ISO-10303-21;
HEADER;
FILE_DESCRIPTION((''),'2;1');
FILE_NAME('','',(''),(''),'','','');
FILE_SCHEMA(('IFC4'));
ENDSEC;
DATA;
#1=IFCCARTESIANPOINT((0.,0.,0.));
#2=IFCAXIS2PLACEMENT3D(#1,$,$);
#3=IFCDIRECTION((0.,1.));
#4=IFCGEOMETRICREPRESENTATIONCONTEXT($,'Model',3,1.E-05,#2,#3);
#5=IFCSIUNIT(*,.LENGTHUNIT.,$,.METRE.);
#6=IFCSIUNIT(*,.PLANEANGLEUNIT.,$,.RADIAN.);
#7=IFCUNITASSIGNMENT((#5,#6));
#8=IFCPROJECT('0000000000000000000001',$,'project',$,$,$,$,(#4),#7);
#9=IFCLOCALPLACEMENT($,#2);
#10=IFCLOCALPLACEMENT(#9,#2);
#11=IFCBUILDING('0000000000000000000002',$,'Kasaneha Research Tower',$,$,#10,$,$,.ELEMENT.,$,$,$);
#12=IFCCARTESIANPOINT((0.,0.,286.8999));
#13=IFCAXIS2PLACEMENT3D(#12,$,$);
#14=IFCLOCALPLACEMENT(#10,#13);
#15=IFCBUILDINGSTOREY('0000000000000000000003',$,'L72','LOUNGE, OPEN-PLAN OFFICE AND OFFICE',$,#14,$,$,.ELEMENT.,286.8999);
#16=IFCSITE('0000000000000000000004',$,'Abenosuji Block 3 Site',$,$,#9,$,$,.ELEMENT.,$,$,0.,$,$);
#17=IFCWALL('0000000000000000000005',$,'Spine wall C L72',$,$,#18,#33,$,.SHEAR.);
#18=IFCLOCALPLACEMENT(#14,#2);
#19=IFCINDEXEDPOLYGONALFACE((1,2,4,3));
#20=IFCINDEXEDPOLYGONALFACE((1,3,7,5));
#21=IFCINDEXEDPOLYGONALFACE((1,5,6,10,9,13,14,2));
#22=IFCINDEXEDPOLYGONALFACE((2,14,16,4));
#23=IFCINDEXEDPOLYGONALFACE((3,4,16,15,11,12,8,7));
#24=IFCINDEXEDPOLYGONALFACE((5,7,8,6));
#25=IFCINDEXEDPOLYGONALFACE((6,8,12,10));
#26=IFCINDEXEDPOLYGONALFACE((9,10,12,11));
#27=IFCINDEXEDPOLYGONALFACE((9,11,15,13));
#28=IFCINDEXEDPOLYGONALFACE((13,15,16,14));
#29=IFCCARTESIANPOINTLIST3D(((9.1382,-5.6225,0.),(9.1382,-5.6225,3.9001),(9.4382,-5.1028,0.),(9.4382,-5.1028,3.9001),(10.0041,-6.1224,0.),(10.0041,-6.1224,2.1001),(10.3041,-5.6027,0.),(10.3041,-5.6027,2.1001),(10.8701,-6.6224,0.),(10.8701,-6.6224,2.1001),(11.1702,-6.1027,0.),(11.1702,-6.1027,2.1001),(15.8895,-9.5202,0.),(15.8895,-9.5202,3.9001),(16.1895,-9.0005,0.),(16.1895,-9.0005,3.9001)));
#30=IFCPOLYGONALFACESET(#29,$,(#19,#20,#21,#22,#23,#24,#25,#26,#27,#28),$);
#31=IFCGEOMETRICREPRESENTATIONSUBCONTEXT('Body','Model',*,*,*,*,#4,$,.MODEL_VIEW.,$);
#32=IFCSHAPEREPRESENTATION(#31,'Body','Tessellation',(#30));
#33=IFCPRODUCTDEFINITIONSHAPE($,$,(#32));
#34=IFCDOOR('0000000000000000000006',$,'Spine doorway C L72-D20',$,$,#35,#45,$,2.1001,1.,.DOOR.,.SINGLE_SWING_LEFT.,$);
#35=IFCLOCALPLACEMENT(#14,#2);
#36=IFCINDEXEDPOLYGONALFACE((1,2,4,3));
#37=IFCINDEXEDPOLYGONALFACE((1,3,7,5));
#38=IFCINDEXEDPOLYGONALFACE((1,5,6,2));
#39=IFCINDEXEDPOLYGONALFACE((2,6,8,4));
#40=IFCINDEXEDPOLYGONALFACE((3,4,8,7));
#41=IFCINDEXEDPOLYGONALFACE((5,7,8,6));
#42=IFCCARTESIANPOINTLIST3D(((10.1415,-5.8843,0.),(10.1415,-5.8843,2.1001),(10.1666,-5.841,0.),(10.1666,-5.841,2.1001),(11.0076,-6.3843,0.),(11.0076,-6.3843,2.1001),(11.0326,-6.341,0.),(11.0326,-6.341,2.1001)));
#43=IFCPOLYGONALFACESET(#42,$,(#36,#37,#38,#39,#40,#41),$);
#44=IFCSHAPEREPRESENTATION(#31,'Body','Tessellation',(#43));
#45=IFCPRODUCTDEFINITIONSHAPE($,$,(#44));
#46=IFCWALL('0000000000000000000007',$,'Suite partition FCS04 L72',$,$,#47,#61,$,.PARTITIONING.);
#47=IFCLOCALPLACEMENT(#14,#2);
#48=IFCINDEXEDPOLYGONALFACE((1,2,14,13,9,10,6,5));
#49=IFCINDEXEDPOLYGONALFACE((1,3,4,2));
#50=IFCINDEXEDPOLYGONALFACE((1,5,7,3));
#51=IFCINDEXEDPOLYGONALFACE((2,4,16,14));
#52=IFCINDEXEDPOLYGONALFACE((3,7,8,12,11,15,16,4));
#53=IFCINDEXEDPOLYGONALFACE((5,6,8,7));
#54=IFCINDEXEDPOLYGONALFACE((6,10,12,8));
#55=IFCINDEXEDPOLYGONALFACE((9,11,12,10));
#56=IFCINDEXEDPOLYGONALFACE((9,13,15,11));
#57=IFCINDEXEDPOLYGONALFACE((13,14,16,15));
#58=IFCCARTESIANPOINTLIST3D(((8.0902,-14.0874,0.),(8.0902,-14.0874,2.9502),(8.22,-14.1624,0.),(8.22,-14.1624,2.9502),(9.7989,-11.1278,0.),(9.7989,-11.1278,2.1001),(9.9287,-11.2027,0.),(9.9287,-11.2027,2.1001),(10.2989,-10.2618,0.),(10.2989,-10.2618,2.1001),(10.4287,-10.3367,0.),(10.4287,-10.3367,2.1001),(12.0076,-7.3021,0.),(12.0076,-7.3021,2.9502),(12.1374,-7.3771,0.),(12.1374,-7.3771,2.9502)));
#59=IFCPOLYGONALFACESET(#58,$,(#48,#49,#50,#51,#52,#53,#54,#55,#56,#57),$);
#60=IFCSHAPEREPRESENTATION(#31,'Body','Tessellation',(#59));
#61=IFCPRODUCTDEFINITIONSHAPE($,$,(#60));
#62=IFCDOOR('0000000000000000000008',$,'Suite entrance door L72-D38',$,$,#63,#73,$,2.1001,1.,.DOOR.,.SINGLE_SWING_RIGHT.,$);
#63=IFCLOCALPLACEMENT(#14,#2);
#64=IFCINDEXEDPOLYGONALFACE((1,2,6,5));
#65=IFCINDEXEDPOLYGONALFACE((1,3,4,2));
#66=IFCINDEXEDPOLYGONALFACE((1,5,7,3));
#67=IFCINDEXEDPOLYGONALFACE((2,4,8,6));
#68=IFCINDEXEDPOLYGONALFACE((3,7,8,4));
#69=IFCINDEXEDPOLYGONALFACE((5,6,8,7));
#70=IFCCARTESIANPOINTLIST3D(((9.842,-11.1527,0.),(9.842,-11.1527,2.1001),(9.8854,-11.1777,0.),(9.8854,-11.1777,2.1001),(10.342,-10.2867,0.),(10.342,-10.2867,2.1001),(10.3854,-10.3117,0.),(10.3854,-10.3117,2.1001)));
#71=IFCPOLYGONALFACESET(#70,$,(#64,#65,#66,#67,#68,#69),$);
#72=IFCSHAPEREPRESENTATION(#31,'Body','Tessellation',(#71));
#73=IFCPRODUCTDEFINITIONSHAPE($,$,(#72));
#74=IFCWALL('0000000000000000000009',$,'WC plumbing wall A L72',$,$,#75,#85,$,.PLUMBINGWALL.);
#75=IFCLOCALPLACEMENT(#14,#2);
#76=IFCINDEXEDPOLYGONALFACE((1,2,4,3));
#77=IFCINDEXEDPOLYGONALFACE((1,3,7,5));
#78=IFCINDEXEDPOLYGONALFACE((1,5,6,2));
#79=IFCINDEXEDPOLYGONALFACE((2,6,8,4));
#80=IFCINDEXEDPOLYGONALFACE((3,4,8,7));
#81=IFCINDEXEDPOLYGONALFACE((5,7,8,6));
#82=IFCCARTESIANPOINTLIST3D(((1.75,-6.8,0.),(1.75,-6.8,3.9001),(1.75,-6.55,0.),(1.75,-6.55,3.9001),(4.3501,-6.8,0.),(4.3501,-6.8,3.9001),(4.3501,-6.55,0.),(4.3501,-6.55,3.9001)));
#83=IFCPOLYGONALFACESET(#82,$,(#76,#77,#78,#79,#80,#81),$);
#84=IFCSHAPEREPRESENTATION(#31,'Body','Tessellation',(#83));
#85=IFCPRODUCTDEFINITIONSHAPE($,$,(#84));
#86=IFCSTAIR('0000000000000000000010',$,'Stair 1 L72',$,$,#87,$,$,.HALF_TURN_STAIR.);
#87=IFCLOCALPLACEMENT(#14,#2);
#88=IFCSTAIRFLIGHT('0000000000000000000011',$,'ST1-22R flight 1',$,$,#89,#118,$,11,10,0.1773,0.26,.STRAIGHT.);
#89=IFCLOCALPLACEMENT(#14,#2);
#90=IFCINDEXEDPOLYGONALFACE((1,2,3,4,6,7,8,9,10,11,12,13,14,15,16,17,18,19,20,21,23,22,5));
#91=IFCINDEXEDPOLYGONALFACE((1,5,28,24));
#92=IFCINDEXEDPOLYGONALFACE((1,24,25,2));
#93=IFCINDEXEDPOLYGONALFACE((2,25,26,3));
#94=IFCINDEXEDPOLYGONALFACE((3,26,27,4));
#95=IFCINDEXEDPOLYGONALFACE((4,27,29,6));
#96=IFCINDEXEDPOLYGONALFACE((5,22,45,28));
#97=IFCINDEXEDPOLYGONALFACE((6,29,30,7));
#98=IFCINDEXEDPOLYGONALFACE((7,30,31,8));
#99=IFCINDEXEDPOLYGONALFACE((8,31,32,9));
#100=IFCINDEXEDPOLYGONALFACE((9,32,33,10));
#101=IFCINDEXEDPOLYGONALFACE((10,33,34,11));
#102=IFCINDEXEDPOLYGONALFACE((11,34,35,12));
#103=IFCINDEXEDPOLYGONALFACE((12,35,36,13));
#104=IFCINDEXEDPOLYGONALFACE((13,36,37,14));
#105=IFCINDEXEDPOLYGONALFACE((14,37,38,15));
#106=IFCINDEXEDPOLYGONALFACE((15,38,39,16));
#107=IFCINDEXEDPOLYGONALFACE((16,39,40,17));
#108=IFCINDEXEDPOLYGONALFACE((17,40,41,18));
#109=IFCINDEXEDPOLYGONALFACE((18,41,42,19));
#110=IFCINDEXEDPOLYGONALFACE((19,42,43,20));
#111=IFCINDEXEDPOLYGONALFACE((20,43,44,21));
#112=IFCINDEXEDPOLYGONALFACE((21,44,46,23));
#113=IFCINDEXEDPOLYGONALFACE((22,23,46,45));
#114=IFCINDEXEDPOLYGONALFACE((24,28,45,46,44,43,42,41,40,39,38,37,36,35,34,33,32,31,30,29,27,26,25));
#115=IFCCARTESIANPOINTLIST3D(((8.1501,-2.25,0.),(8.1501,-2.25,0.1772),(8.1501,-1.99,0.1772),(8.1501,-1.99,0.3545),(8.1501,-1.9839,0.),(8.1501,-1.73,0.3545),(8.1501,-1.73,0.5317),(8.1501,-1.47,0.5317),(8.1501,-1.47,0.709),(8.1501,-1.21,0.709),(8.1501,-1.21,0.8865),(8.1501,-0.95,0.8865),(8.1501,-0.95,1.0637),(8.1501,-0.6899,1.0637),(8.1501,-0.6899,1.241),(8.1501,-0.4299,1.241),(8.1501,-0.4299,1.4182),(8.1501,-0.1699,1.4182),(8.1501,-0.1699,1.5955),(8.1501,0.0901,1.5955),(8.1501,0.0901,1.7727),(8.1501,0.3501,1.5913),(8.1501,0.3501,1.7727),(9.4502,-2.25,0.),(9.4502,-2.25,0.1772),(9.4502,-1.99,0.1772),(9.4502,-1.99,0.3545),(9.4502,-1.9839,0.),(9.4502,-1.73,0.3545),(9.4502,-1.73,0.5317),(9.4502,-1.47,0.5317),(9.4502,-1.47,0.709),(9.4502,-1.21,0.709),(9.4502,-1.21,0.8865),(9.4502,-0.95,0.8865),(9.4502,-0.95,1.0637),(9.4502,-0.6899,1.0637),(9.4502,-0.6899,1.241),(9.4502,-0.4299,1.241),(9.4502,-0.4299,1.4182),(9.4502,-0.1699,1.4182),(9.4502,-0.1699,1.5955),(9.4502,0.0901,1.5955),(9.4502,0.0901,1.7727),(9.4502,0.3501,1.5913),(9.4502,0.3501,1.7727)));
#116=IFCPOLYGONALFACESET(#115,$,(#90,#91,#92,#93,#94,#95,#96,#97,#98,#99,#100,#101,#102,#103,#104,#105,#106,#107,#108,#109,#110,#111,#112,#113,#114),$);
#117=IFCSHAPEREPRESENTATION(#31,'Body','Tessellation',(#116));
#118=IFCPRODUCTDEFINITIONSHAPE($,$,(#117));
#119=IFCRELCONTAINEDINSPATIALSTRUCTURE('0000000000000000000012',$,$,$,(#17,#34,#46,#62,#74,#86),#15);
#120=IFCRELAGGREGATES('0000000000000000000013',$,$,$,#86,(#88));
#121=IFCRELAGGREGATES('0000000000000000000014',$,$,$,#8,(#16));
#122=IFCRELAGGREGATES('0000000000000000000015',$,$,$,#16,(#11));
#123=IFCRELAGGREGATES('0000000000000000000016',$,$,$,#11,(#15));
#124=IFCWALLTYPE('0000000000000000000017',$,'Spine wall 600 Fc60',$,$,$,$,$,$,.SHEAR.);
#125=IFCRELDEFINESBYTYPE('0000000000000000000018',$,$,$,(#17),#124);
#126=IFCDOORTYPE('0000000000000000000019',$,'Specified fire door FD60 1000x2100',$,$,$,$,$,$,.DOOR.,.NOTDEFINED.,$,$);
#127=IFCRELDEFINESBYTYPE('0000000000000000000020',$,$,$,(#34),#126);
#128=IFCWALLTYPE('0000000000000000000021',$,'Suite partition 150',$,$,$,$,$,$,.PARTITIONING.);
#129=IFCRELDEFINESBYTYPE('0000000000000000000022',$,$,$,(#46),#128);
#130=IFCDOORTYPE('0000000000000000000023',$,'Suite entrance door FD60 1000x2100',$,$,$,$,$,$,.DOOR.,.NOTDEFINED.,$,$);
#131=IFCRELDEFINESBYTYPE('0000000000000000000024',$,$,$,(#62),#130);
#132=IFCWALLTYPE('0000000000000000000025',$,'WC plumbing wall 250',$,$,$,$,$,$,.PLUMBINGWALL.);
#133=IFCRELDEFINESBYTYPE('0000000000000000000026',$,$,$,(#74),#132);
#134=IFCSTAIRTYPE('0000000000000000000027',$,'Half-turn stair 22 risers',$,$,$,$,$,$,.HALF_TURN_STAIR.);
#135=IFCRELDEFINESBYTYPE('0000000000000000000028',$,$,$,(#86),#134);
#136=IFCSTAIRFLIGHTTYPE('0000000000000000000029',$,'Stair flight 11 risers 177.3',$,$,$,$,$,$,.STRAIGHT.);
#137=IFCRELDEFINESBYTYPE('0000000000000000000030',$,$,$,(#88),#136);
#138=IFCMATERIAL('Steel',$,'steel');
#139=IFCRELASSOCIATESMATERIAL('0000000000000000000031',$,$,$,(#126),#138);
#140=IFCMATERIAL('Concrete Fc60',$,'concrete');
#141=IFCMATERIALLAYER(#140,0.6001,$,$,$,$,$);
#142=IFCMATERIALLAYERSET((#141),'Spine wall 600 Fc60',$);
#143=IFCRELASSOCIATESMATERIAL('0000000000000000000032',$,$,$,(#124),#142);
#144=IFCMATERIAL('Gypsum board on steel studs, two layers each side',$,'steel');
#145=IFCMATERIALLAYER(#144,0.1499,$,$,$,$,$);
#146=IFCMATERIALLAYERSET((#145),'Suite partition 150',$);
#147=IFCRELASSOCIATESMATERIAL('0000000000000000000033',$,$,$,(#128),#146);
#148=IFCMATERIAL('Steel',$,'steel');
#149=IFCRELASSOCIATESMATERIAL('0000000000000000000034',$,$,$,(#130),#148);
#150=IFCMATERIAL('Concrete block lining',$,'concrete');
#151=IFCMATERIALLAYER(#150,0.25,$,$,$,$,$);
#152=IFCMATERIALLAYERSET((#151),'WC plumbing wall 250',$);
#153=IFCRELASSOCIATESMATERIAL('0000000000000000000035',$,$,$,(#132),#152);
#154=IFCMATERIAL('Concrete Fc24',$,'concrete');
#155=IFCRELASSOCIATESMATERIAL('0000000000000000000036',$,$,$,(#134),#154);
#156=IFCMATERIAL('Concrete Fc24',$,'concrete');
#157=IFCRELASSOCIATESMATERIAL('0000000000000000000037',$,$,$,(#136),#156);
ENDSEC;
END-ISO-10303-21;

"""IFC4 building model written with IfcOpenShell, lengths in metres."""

from ifc_helpers import new_model, si_unit, direction, frame, frame_2d, origin, place, context, subcontext, project, spatial, polyline, rectangle, outline, extrude, material, layer, layer_set, type_object, element, fill, aggregate, save


model = new_model("IFC4")

# Units and contexts
model_context = context("Model", 3, precision=1e-05, world=origin(), true_north=direction((0.0, 1.0)))
body_context = subcontext(model_context, "Body", "Model", "MODEL_VIEW")
ifc_project = project(units=[si_unit("LENGTHUNIT", "METRE"), si_unit("PLANEANGLEUNIT", "RADIAN")], contexts=[model_context])

# Site, building, storey
site_placement = place(None, origin())
site = spatial("IfcSite", under=ifc_project, at=site_placement, Name="Abenosuji Block 3 Site", CompositionType="ELEMENT", RefElevation=0.0)
building_placement = place(site_placement, origin())
building = spatial("IfcBuilding", under=site, at=building_placement, Name="Kasaneha Research Tower", CompositionType="ELEMENT")
storey_placement = place(building_placement, frame((0.0, 0.0, 286.8999)))
storey = spatial("IfcBuildingStorey", under=building, at=storey_placement, Name="L72", Description="LOUNGE, OPEN-PLAN OFFICE AND OFFICE", CompositionType="ELEMENT", Elevation=286.8999)

# Shared definitions
ifc_material_1 = material(Name="Steel", Category="steel")
door_type_1 = type_object("IfcDoorType", Name="Specified fire door FD60 1000x2100", OperationType="NOTDEFINED", PredefinedType="DOOR", material=ifc_material_1)

# Walls, openings, doors
ifc_material_2 = material(Name="Concrete Fc60", Category="concrete")
ifc_layer_1 = layer(ifc_material_2, 0.6001)
ifc_layer_set_1 = layer_set([ifc_layer_1], Name="Spine wall 600 Fc60")
wall_type_1 = type_object("IfcWallType", Name="Spine wall 600 Fc60", PredefinedType="SHEAR", material=ifc_layer_set_1)
wall_1_placement = place(storey_placement, frame((9.2881, -5.3625, 0.0), z_axis=(0.0, 0.0, 1.0), x_axis=(0.866032, -0.499989, 0.0)))
wall_1 = element("IfcWall", 1, at=wall_1_placement, inside=storey, type_object=wall_type_1, Name="Spine wall C L72", PredefinedType="SHEAR", context=body_context, shape_type="SweptSolid", body=[
    extrude(rectangle(XDim=7.7957, YDim=0.6001, at=frame_2d((3.8979, 0.0))), origin(), (0.0, 0.0, 1.0), 3.9001),
])
opening_1_placement = place(wall_1_placement, frame((1.0, 0.0, 0.0)))
opening_1 = element("IfcOpeningElement", 2, at=opening_1_placement, cuts=wall_1, PredefinedType="OPENING", context=body_context, shape_type="SweptSolid", body=[
    extrude(rectangle(XDim=1.0, YDim=2.1001, at=frame_2d((0.5, 1.05))), frame((0.0, 0.3101, 0.0), z_axis=(0.0, -1.0, 0.0), x_axis=(1.0, 0.0, 0.0)), (0.0, 0.0, 1.0), 0.6201),
])
door_1_placement = place(opening_1_placement, origin())
door_1 = element("IfcDoor", 3, at=door_1_placement, inside=storey, type_object=door_type_1, Name="Spine doorway C L72-D20", OperationType="SINGLE_SWING_LEFT", OverallHeight=2.1001, OverallWidth=1.0, PredefinedType="DOOR", context=body_context, shape_type="SweptSolid", body=[
    extrude(rectangle(XDim=1.0, YDim=2.1001, at=frame_2d((0.5, 1.05))), frame((0.0, 0.0249, 0.0), z_axis=(0.0, -1.0, 0.0), x_axis=(1.0, 0.0, 0.0)), (0.0, 0.0, 1.0), 0.05),
])
fill(opening_1, door_1)
ifc_material_3 = material(Name="Gypsum board on steel studs, two layers each side", Category="steel")
ifc_layer_2 = layer(ifc_material_3, 0.1499)
ifc_layer_set_2 = layer_set([ifc_layer_2], Name="Suite partition 150")
wall_type_2 = type_object("IfcWallType", Name="Suite partition 150", PredefinedType="PARTITIONING", material=ifc_layer_set_2)
wall_2_placement = place(storey_placement, frame((12.0725, -7.3396, 0.0), z_axis=(0.0, 0.0, 1.0), x_axis=(-0.499993, -0.866029, 0.0)))
wall_2 = element("IfcWall", 4, at=wall_2_placement, inside=storey, type_object=wall_type_2, Name="Suite partition FCS04 L72", PredefinedType="PARTITIONING", context=body_context, shape_type="SweptSolid", body=[
    extrude(rectangle(XDim=7.835, YDim=0.1499, at=frame_2d((3.9175, 0.0))), origin(), (0.0, 0.0, 1.0), 2.9502),
])
opening_2_placement = place(wall_2_placement, frame((3.4175, 0.0, 0.0)))
opening_2 = element("IfcOpeningElement", 5, at=opening_2_placement, cuts=wall_2, PredefinedType="OPENING", context=body_context, shape_type="SweptSolid", body=[
    extrude(rectangle(XDim=1.0, YDim=2.1001, at=frame_2d((0.5, 1.05))), frame((0.0, 0.085, 0.0), z_axis=(0.0, -1.0, 0.0), x_axis=(1.0, 0.0, 0.0)), (0.0, 0.0, 1.0), 0.1699),
])
ifc_material_4 = material(Name="Steel", Category="steel")
door_type_2 = type_object("IfcDoorType", Name="Suite entrance door FD60 1000x2100", OperationType="NOTDEFINED", PredefinedType="DOOR", material=ifc_material_4)
door_2_placement = place(opening_2_placement, origin())
door_2 = element("IfcDoor", 6, at=door_2_placement, inside=storey, type_object=door_type_2, Name="Suite entrance door L72-D38", OperationType="SINGLE_SWING_RIGHT", OverallHeight=2.1001, OverallWidth=1.0, PredefinedType="DOOR", context=body_context, shape_type="SweptSolid", body=[
    extrude(rectangle(XDim=1.0, YDim=2.1001, at=frame_2d((0.5, 1.05))), frame((0.0, 0.0249, 0.0), z_axis=(0.0, -1.0, 0.0), x_axis=(1.0, 0.0, 0.0)), (0.0, 0.0, 1.0), 0.05),
])
fill(opening_2, door_2)

# Wall
ifc_material_5 = material(Name="Concrete block lining", Category="concrete")
ifc_layer_3 = layer(ifc_material_5, 0.25)
ifc_layer_set_3 = layer_set([ifc_layer_3], Name="WC plumbing wall 250")
wall_type_3 = type_object("IfcWallType", Name="WC plumbing wall 250", PredefinedType="PLUMBINGWALL", material=ifc_layer_set_3)
wall_3_placement = place(storey_placement, frame((1.75, -6.675, 0.0), z_axis=(0.0, 0.0, 1.0), x_axis=(1.0, 0.0, 0.0)))
element("IfcWall", 7, at=wall_3_placement, inside=storey, type_object=wall_type_3, Name="WC plumbing wall A L72", PredefinedType="PLUMBINGWALL", context=body_context, shape_type="SweptSolid", body=[
    extrude(rectangle(XDim=2.6001, YDim=0.25, at=frame_2d((1.3, 0.0))), origin(), (0.0, 0.0, 1.0), 3.9001),
])

# Stair, stair flight
ifc_material_6 = material(Name="Concrete Fc24", Category="concrete")
stair_type = type_object("IfcStairType", Name="Half-turn stair 22 risers", PredefinedType="HALF_TURN_STAIR", material=ifc_material_6)
stair_placement = place(storey_placement, origin())
stair = element("IfcStair", 8, at=stair_placement, inside=storey, type_object=stair_type, Name="Stair 1 L72", PredefinedType="HALF_TURN_STAIR")
ifc_material_7 = material(Name="Concrete Fc24", Category="concrete")
stair_flight_type = type_object("IfcStairFlightType", Name="Stair flight 11 risers 177.3", PredefinedType="STRAIGHT", material=ifc_material_7)
stair_flight_placement = place(storey_placement, frame((8.8, -2.25, 0.0), z_axis=(0.0, 0.0, 1.0), x_axis=(0.0, 1.0, 0.0)))
stair_flight = element("IfcStairFlight", 9, at=stair_flight_placement, type_object=stair_flight_type, Name="ST1-22R flight 1", NumberOfRisers=11, NumberOfTreads=10, PredefinedType="STRAIGHT", RiserHeight=0.1773, TreadLength=0.26, context=body_context, shape_type="SweptSolid", body=[
    extrude(outline(polyline([(0.0, 0.0), (0.0, 0.1772), (0.26, 0.1772), (0.26, 0.3545), (0.52, 0.3545), (0.52, 0.5317), (0.78, 0.5317), (0.78, 0.709), (1.04, 0.709), (1.04, 0.8865), (1.3, 0.8865), (1.3, 1.0637), (1.5601, 1.0637), (1.5601, 1.241), (1.8201, 1.241), (1.8201, 1.4182), (2.0801, 1.4182), (2.0801, 1.5955), (2.3401, 1.5955), (2.3401, 1.7727), (2.6001, 1.7727), (2.6001, 1.95), (2.6001, 1.5913), (0.2661, 0.0), (0.0, 0.0)])), frame((0.0, 0.6499, 0.0), z_axis=(0.0, -1.0, 0.0), x_axis=(1.0, 0.0, 0.0)), (0.0, 0.0, 1.0), 1.3),
])
aggregate(stair, [stair_flight])

save(model, "model.ifc")
